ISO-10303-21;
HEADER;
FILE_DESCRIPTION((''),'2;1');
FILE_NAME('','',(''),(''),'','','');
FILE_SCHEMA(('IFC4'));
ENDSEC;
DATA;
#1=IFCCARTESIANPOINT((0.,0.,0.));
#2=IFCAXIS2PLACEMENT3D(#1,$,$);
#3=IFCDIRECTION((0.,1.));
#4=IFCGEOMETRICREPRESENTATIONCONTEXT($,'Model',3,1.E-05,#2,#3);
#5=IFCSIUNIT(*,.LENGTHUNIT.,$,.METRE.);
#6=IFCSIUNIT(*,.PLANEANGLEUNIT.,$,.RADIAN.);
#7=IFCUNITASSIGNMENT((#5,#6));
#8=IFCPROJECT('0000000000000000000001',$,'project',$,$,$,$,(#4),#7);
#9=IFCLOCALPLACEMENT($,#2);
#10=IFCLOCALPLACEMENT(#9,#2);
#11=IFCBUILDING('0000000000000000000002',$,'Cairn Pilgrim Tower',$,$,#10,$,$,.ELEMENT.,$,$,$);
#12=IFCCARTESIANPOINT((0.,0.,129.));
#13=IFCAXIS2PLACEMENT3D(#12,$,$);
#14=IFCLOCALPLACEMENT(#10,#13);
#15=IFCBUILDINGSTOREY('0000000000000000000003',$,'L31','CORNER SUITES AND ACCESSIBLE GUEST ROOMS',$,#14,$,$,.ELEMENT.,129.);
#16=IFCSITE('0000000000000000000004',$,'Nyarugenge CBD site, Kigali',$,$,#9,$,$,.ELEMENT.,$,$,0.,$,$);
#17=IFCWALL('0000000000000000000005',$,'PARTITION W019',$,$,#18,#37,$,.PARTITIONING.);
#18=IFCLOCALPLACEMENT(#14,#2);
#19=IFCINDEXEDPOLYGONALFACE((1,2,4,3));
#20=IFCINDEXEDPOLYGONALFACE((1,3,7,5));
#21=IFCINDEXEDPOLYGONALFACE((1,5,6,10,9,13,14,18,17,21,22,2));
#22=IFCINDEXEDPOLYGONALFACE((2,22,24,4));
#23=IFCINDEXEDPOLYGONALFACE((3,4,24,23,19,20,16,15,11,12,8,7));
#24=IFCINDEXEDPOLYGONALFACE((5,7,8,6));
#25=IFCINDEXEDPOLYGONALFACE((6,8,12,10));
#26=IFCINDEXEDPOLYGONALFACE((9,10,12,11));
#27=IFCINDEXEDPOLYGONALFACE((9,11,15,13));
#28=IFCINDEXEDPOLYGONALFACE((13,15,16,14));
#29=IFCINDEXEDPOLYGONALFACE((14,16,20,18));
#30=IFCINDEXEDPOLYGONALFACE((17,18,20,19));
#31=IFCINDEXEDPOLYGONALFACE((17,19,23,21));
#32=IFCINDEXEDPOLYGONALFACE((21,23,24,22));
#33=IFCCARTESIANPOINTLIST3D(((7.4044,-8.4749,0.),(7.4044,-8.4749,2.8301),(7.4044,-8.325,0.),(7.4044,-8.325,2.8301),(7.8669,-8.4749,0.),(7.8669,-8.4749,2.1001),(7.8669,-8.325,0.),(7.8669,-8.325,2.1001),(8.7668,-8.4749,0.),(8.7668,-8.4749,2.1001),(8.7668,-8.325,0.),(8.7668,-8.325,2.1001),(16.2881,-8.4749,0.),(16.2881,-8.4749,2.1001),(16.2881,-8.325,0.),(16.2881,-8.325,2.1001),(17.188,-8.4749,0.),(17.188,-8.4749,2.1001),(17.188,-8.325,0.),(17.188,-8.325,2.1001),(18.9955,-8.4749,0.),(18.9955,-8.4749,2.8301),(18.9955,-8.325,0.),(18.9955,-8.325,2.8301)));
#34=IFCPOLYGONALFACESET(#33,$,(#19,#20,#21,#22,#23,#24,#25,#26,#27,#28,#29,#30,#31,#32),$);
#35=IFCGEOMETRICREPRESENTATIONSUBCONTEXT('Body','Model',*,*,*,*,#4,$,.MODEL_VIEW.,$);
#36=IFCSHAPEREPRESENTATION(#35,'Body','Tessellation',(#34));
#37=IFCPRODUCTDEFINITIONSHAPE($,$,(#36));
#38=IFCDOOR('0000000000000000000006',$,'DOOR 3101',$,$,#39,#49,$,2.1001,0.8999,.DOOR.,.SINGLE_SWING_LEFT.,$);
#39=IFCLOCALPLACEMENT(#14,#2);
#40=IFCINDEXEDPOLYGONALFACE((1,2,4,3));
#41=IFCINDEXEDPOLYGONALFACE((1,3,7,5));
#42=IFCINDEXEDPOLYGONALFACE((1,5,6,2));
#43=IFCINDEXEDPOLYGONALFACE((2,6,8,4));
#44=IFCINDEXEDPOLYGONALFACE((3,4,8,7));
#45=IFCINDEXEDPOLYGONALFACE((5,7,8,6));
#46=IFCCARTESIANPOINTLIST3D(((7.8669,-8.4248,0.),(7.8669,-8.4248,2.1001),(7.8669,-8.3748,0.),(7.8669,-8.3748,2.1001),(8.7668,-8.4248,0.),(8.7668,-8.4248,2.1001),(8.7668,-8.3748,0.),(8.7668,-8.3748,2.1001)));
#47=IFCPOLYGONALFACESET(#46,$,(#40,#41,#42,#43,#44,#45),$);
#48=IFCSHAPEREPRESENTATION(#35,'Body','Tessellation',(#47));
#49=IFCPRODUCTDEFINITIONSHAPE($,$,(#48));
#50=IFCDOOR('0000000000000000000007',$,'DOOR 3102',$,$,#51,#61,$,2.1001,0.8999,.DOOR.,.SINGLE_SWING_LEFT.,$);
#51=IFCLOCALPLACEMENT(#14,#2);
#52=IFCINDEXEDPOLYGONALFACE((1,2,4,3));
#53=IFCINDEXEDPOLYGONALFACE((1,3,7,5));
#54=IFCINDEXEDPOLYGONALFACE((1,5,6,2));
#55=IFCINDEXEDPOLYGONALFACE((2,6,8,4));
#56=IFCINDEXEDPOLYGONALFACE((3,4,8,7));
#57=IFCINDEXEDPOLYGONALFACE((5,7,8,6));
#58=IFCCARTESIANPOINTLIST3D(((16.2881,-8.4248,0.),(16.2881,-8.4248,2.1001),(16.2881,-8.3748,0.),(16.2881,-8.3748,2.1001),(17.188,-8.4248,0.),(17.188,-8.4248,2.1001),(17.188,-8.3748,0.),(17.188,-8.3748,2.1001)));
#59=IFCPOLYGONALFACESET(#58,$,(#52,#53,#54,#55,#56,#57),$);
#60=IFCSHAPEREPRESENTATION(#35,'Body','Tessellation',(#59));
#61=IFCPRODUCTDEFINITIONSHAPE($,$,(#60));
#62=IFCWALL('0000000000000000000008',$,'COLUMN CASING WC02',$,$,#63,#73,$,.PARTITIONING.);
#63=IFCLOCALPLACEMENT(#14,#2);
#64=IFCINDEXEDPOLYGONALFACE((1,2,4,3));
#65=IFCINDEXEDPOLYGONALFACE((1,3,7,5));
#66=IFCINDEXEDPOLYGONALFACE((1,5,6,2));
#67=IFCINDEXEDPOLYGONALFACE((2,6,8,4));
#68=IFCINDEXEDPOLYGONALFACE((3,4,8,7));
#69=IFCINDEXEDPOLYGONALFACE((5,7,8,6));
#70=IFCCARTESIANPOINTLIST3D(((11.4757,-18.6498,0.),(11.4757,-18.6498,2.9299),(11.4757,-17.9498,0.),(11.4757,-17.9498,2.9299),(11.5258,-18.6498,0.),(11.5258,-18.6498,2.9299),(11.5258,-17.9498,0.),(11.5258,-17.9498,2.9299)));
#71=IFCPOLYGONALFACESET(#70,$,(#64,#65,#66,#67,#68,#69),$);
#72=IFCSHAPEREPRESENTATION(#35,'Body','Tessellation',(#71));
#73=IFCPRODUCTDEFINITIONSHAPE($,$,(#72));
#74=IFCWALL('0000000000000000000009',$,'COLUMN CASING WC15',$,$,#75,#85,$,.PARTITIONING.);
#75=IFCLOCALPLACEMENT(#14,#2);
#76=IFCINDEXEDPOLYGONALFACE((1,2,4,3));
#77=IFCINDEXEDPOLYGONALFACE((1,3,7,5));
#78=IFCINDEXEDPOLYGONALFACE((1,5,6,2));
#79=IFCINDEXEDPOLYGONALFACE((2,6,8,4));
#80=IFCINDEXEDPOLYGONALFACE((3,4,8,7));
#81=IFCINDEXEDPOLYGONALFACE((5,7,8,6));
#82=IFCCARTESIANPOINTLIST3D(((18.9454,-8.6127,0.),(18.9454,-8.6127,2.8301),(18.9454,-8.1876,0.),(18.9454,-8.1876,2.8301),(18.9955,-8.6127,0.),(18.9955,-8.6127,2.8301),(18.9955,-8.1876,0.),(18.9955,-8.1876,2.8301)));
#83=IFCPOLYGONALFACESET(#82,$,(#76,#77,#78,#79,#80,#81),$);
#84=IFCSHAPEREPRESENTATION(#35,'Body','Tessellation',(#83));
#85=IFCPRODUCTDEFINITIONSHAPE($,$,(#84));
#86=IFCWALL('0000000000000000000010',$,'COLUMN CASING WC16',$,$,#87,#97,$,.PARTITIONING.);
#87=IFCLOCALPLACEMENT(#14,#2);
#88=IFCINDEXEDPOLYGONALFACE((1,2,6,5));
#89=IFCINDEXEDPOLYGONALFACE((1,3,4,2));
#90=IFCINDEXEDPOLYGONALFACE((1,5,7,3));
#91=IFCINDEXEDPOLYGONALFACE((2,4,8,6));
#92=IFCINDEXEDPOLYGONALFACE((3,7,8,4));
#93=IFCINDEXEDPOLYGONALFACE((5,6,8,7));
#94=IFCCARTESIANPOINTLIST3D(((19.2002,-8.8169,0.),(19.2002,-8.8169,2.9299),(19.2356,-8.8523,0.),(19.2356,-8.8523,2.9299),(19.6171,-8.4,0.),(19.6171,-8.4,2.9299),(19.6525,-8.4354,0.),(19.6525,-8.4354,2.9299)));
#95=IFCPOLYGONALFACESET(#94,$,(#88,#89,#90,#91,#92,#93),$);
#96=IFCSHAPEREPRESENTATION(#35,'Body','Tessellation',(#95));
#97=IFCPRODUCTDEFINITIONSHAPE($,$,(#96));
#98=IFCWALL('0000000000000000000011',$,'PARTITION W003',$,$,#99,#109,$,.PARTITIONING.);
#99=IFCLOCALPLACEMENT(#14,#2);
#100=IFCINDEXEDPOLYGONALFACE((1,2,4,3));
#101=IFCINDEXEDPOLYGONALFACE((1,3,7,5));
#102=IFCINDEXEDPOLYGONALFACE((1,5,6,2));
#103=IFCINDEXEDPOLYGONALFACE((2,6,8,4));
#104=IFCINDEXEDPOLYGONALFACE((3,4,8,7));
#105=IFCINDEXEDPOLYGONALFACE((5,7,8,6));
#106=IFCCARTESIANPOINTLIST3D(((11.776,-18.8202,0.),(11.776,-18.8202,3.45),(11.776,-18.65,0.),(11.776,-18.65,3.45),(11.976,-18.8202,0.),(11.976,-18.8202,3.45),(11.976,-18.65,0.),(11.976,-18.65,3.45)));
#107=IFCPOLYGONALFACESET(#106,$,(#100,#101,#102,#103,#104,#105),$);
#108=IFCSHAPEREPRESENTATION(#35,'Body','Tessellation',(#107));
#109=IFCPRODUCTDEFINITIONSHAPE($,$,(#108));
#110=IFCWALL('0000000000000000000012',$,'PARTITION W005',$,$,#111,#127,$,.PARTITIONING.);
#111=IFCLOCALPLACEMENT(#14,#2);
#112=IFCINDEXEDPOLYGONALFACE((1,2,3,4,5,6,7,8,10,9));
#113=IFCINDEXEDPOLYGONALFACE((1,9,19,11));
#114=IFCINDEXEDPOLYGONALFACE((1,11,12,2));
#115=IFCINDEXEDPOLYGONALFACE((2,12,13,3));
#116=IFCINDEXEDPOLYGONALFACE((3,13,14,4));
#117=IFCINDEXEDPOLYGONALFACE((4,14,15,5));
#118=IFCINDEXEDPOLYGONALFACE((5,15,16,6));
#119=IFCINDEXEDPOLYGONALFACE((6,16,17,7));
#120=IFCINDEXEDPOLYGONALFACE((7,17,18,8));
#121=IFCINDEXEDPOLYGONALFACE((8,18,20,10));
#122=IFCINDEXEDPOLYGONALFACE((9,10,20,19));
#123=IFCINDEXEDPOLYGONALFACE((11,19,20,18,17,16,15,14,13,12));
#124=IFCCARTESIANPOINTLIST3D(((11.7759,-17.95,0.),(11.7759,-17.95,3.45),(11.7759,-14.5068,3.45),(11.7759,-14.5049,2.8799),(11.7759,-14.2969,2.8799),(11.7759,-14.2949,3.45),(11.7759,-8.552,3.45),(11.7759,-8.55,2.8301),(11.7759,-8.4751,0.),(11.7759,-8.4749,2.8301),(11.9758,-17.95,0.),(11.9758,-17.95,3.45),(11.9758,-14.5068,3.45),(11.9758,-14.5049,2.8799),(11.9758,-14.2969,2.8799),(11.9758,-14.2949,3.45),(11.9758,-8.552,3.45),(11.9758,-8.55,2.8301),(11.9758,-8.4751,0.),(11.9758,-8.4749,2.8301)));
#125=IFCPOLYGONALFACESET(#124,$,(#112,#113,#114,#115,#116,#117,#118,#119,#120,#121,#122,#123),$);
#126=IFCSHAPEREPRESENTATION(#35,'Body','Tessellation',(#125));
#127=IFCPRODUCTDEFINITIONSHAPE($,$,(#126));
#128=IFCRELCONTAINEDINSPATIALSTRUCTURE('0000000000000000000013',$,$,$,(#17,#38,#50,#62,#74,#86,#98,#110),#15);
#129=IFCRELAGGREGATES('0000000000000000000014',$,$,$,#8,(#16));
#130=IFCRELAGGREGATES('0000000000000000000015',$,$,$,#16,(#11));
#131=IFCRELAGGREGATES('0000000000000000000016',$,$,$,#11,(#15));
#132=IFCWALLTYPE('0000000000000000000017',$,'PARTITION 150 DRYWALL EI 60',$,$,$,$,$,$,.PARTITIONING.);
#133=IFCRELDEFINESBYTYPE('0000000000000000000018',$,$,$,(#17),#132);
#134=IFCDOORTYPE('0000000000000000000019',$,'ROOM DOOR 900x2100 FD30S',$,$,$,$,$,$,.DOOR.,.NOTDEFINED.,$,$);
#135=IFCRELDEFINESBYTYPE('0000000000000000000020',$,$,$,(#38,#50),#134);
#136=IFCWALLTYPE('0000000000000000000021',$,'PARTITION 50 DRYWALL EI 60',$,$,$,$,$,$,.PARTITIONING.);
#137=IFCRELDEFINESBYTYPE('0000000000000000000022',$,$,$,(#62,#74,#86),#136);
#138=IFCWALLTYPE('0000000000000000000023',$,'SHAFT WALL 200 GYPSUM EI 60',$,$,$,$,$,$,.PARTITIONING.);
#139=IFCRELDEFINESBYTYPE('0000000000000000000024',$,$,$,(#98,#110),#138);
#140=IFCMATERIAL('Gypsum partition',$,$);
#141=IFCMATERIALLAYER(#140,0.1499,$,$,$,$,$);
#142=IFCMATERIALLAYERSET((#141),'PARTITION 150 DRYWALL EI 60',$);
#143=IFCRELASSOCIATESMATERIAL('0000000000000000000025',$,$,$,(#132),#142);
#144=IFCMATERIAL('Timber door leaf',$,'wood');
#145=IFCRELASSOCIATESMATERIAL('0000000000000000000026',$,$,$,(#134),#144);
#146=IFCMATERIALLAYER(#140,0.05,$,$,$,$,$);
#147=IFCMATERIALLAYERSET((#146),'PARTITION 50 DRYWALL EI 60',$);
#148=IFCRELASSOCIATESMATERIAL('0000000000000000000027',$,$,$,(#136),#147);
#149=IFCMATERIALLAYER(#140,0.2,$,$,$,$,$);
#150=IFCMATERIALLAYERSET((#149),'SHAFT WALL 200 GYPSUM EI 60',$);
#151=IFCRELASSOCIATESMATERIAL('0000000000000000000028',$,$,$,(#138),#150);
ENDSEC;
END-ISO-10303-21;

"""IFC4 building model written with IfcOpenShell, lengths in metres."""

from ifc_helpers import new_model, si_unit, direction, frame, frame_2d, origin, place, context, subcontext, project, spatial, polyline, rectangle, outline, extrude, material, layer, layer_set, type_object, element, fill, save


model = new_model("IFC4")

# Units and contexts
model_context = context("Model", 3, precision=1e-05, world=origin(), true_north=direction((0.0, 1.0)))
body_context = subcontext(model_context, "Body", "Model", "MODEL_VIEW")
ifc_project = project(units=[si_unit("LENGTHUNIT", "METRE"), si_unit("PLANEANGLEUNIT", "RADIAN")], contexts=[model_context])

# Site, building, storey
site_placement = place(None, origin())
site = spatial("IfcSite", under=ifc_project, at=site_placement, Name="Nyarugenge CBD site, Kigali", CompositionType="ELEMENT", RefElevation=0.0)
building_placement = place(site_placement, origin())
building = spatial("IfcBuilding", under=site, at=building_placement, Name="Cairn Pilgrim Tower", CompositionType="ELEMENT")
storey_placement = place(building_placement, frame((0.0, 0.0, 129.0)))
storey = spatial("IfcBuildingStorey", under=building, at=storey_placement, Name="L31", Description="CORNER SUITES AND ACCESSIBLE GUEST ROOMS", CompositionType="ELEMENT", Elevation=129.0)

# Shared definitions
ifc_material_1 = material(Name="Gypsum partition")

# Shared definitions
ifc_material_2 = material(Name="Timber door leaf", Category="wood")

# Wall, openings, doors
ifc_layer_1 = layer(ifc_material_1, 0.1499)
ifc_layer_set_1 = layer_set([ifc_layer_1], Name="PARTITION 150 DRYWALL EI 60")
wall_type_1 = type_object("IfcWallType", Name="PARTITION 150 DRYWALL EI 60", PredefinedType="PARTITIONING", material=ifc_layer_set_1)
wall_1_placement = place(storey_placement, frame((7.4045, -8.3999, 0.0), z_axis=(0.0, 0.0, 1.0), x_axis=(1.0, 0.0, 0.0)))
wall_1 = element("IfcWall", 1, at=wall_1_placement, inside=storey, type_object=wall_type_1, Name="PARTITION W019", PredefinedType="PARTITIONING", context=body_context, shape_type="SweptSolid", body=[
    extrude(rectangle(XDim=11.5911, YDim=0.1499, at=frame_2d((5.7954, 0.0))), origin(), (0.0, 0.0, 1.0), 2.8301),
])
opening_1_placement = place(wall_1_placement, frame((0.4624, 0.0, 0.0)))
opening_1 = element("IfcOpeningElement", 2, at=opening_1_placement, cuts=wall_1, PredefinedType="OPENING", context=body_context, shape_type="SweptSolid", body=[
    extrude(rectangle(XDim=0.8999, YDim=2.1001, at=frame_2d((0.45, 1.05))), frame((0.0, 0.085, 0.0), z_axis=(0.0, -1.0, 0.0), x_axis=(1.0, 0.0, 0.0)), (0.0, 0.0, 1.0), 0.1699),
])
opening_2_placement = place(wall_1_placement, frame((8.8835, 0.0, 0.0)))
opening_2 = element("IfcOpeningElement", 3, at=opening_2_placement, cuts=wall_1, PredefinedType="OPENING", context=body_context, shape_type="SweptSolid", body=[
    extrude(rectangle(XDim=0.8999, YDim=2.1001, at=frame_2d((0.45, 1.05))), frame((0.0, 0.085, 0.0), z_axis=(0.0, -1.0, 0.0), x_axis=(1.0, 0.0, 0.0)), (0.0, 0.0, 1.0), 0.1699),
])
door_type_1 = type_object("IfcDoorType", Name="ROOM DOOR 900x2100 FD30S", OperationType="NOTDEFINED", PredefinedType="DOOR", material=ifc_material_2)
door_1_placement = place(opening_1_placement, frame((0.8999, 0.0, 0.0), z_axis=(0.0, 0.0, 1.0), x_axis=(-1.0, 0.0, 0.0)))
door_1 = element("IfcDoor", 4, at=door_1_placement, inside=storey, type_object=door_type_1, Name="DOOR 3101", OperationType="SINGLE_SWING_LEFT", OverallHeight=2.1001, OverallWidth=0.8999, PredefinedType="DOOR", context=body_context, shape_type="SweptSolid", body=[
    extrude(rectangle(XDim=0.8999, YDim=2.1001, at=frame_2d((0.45, 1.05))), frame((0.0, 0.0249, 0.0), z_axis=(0.0, -1.0, 0.0), x_axis=(1.0, 0.0, 0.0)), (0.0, 0.0, 1.0), 0.05),
])
fill(opening_1, door_1)
door_2_placement = place(opening_2_placement, frame((0.8999, 0.0, 0.0), z_axis=(0.0, 0.0, 1.0), x_axis=(-1.0, 0.0, 0.0)))
door_2 = element("IfcDoor", 5, at=door_2_placement, inside=storey, type_object=door_type_1, Name="DOOR 3102", OperationType="SINGLE_SWING_LEFT", OverallHeight=2.1001, OverallWidth=0.8999, PredefinedType="DOOR", context=body_context, shape_type="SweptSolid", body=[
    extrude(rectangle(XDim=0.8999, YDim=2.1001, at=frame_2d((0.45, 1.05))), frame((0.0, 0.0249, 0.0), z_axis=(0.0, -1.0, 0.0), x_axis=(1.0, 0.0, 0.0)), (0.0, 0.0, 1.0), 0.05),
])
fill(opening_2, door_2)

# Walls
ifc_layer_2 = layer(ifc_material_1, 0.05)
ifc_layer_set_2 = layer_set([ifc_layer_2], Name="PARTITION 50 DRYWALL EI 60")
wall_type_2 = type_object("IfcWallType", Name="PARTITION 50 DRYWALL EI 60", PredefinedType="PARTITIONING", material=ifc_layer_set_2)
wall_2_placement = place(storey_placement, frame((11.5007, -18.6499, 0.0), z_axis=(0.0, 0.0, 1.0), x_axis=(0.0, 1.0, 0.0)))
element("IfcWall", 6, at=wall_2_placement, inside=storey, type_object=wall_type_2, Name="COLUMN CASING WC02", PredefinedType="PARTITIONING", context=body_context, shape_type="SweptSolid", body=[
    extrude(rectangle(XDim=0.7, YDim=0.05, at=frame_2d((0.3501, 0.0))), origin(), (0.0, 0.0, 1.0), 2.9299),
])
wall_3_placement = place(storey_placement, frame((18.9705, -8.6125, 0.0), z_axis=(0.0, 0.0, 1.0), x_axis=(0.0, 1.0, 0.0)))
element("IfcWall", 7, at=wall_3_placement, inside=storey, type_object=wall_type_2, Name="COLUMN CASING WC15", PredefinedType="PARTITIONING", context=body_context, shape_type="SweptSolid", body=[
    extrude(rectangle(XDim=0.425, YDim=0.05, at=frame_2d((0.2124, 0.0))), origin(), (0.0, 0.0, 1.0), 2.8301),
])
wall_4_placement = place(storey_placement, frame((19.2178, -8.8347, 0.0), z_axis=(0.0, 0.0, 1.0), x_axis=(0.707107, 0.707107, 0.0)))
element("IfcWall", 8, at=wall_4_placement, inside=storey, type_object=wall_type_2, Name="COLUMN CASING WC16", PredefinedType="PARTITIONING", context=body_context, shape_type="SweptSolid", body=[
    extrude(rectangle(XDim=0.5896, YDim=0.05, at=frame_2d((0.2949, 0.0))), origin(), (0.0, 0.0, 1.0), 2.9299),
])
ifc_layer_3 = layer(ifc_material_1, 0.2)
ifc_layer_set_3 = layer_set([ifc_layer_3], Name="SHAFT WALL 200 GYPSUM EI 60")
wall_type_3 = type_object("IfcWallType", Name="SHAFT WALL 200 GYPSUM EI 60", PredefinedType="PARTITIONING", material=ifc_layer_set_3)
wall_5_placement = place(storey_placement, frame((11.876, -18.8201, 0.0), z_axis=(0.0, 0.0, 1.0), x_axis=(0.0, 1.0, 0.0)))
element("IfcWall", 9, at=wall_5_placement, inside=storey, type_object=wall_type_3, Name="PARTITION W003", PredefinedType="PARTITIONING", context=body_context, shape_type="SweptSolid", body=[
    extrude(rectangle(XDim=0.1702, YDim=0.2, at=frame_2d((0.085, 0.0))), origin(), (0.0, 0.0, 1.0), 3.45),
])
wall_6_placement = place(storey_placement, frame((11.876, -17.95, 0.0), z_axis=(0.0, 0.0, 1.0), x_axis=(0.0, 1.0, 0.0)))
element("IfcWall", 10, at=wall_6_placement, inside=storey, type_object=wall_type_3, Name="PARTITION W005", PredefinedType="PARTITIONING", context=body_context, shape_type="SweptSolid", body=[
    extrude(outline(polyline([(0.0, 0.0), (9.4749, 0.0), (9.4751, 2.8301), (9.3999, 2.8301), (9.3979, 3.45), (3.655, 3.45), (3.6531, 2.8799), (3.4451, 2.8799), (3.4431, 3.45), (0.0, 3.45), (0.0, 0.0)])), frame((0.0, 0.1001, 0.0), z_axis=(0.0, -1.0, 0.0), x_axis=(1.0, 0.0, 0.0)), (0.0, 0.0, 1.0), 0.2),
])

save(model, "model.ifc")
